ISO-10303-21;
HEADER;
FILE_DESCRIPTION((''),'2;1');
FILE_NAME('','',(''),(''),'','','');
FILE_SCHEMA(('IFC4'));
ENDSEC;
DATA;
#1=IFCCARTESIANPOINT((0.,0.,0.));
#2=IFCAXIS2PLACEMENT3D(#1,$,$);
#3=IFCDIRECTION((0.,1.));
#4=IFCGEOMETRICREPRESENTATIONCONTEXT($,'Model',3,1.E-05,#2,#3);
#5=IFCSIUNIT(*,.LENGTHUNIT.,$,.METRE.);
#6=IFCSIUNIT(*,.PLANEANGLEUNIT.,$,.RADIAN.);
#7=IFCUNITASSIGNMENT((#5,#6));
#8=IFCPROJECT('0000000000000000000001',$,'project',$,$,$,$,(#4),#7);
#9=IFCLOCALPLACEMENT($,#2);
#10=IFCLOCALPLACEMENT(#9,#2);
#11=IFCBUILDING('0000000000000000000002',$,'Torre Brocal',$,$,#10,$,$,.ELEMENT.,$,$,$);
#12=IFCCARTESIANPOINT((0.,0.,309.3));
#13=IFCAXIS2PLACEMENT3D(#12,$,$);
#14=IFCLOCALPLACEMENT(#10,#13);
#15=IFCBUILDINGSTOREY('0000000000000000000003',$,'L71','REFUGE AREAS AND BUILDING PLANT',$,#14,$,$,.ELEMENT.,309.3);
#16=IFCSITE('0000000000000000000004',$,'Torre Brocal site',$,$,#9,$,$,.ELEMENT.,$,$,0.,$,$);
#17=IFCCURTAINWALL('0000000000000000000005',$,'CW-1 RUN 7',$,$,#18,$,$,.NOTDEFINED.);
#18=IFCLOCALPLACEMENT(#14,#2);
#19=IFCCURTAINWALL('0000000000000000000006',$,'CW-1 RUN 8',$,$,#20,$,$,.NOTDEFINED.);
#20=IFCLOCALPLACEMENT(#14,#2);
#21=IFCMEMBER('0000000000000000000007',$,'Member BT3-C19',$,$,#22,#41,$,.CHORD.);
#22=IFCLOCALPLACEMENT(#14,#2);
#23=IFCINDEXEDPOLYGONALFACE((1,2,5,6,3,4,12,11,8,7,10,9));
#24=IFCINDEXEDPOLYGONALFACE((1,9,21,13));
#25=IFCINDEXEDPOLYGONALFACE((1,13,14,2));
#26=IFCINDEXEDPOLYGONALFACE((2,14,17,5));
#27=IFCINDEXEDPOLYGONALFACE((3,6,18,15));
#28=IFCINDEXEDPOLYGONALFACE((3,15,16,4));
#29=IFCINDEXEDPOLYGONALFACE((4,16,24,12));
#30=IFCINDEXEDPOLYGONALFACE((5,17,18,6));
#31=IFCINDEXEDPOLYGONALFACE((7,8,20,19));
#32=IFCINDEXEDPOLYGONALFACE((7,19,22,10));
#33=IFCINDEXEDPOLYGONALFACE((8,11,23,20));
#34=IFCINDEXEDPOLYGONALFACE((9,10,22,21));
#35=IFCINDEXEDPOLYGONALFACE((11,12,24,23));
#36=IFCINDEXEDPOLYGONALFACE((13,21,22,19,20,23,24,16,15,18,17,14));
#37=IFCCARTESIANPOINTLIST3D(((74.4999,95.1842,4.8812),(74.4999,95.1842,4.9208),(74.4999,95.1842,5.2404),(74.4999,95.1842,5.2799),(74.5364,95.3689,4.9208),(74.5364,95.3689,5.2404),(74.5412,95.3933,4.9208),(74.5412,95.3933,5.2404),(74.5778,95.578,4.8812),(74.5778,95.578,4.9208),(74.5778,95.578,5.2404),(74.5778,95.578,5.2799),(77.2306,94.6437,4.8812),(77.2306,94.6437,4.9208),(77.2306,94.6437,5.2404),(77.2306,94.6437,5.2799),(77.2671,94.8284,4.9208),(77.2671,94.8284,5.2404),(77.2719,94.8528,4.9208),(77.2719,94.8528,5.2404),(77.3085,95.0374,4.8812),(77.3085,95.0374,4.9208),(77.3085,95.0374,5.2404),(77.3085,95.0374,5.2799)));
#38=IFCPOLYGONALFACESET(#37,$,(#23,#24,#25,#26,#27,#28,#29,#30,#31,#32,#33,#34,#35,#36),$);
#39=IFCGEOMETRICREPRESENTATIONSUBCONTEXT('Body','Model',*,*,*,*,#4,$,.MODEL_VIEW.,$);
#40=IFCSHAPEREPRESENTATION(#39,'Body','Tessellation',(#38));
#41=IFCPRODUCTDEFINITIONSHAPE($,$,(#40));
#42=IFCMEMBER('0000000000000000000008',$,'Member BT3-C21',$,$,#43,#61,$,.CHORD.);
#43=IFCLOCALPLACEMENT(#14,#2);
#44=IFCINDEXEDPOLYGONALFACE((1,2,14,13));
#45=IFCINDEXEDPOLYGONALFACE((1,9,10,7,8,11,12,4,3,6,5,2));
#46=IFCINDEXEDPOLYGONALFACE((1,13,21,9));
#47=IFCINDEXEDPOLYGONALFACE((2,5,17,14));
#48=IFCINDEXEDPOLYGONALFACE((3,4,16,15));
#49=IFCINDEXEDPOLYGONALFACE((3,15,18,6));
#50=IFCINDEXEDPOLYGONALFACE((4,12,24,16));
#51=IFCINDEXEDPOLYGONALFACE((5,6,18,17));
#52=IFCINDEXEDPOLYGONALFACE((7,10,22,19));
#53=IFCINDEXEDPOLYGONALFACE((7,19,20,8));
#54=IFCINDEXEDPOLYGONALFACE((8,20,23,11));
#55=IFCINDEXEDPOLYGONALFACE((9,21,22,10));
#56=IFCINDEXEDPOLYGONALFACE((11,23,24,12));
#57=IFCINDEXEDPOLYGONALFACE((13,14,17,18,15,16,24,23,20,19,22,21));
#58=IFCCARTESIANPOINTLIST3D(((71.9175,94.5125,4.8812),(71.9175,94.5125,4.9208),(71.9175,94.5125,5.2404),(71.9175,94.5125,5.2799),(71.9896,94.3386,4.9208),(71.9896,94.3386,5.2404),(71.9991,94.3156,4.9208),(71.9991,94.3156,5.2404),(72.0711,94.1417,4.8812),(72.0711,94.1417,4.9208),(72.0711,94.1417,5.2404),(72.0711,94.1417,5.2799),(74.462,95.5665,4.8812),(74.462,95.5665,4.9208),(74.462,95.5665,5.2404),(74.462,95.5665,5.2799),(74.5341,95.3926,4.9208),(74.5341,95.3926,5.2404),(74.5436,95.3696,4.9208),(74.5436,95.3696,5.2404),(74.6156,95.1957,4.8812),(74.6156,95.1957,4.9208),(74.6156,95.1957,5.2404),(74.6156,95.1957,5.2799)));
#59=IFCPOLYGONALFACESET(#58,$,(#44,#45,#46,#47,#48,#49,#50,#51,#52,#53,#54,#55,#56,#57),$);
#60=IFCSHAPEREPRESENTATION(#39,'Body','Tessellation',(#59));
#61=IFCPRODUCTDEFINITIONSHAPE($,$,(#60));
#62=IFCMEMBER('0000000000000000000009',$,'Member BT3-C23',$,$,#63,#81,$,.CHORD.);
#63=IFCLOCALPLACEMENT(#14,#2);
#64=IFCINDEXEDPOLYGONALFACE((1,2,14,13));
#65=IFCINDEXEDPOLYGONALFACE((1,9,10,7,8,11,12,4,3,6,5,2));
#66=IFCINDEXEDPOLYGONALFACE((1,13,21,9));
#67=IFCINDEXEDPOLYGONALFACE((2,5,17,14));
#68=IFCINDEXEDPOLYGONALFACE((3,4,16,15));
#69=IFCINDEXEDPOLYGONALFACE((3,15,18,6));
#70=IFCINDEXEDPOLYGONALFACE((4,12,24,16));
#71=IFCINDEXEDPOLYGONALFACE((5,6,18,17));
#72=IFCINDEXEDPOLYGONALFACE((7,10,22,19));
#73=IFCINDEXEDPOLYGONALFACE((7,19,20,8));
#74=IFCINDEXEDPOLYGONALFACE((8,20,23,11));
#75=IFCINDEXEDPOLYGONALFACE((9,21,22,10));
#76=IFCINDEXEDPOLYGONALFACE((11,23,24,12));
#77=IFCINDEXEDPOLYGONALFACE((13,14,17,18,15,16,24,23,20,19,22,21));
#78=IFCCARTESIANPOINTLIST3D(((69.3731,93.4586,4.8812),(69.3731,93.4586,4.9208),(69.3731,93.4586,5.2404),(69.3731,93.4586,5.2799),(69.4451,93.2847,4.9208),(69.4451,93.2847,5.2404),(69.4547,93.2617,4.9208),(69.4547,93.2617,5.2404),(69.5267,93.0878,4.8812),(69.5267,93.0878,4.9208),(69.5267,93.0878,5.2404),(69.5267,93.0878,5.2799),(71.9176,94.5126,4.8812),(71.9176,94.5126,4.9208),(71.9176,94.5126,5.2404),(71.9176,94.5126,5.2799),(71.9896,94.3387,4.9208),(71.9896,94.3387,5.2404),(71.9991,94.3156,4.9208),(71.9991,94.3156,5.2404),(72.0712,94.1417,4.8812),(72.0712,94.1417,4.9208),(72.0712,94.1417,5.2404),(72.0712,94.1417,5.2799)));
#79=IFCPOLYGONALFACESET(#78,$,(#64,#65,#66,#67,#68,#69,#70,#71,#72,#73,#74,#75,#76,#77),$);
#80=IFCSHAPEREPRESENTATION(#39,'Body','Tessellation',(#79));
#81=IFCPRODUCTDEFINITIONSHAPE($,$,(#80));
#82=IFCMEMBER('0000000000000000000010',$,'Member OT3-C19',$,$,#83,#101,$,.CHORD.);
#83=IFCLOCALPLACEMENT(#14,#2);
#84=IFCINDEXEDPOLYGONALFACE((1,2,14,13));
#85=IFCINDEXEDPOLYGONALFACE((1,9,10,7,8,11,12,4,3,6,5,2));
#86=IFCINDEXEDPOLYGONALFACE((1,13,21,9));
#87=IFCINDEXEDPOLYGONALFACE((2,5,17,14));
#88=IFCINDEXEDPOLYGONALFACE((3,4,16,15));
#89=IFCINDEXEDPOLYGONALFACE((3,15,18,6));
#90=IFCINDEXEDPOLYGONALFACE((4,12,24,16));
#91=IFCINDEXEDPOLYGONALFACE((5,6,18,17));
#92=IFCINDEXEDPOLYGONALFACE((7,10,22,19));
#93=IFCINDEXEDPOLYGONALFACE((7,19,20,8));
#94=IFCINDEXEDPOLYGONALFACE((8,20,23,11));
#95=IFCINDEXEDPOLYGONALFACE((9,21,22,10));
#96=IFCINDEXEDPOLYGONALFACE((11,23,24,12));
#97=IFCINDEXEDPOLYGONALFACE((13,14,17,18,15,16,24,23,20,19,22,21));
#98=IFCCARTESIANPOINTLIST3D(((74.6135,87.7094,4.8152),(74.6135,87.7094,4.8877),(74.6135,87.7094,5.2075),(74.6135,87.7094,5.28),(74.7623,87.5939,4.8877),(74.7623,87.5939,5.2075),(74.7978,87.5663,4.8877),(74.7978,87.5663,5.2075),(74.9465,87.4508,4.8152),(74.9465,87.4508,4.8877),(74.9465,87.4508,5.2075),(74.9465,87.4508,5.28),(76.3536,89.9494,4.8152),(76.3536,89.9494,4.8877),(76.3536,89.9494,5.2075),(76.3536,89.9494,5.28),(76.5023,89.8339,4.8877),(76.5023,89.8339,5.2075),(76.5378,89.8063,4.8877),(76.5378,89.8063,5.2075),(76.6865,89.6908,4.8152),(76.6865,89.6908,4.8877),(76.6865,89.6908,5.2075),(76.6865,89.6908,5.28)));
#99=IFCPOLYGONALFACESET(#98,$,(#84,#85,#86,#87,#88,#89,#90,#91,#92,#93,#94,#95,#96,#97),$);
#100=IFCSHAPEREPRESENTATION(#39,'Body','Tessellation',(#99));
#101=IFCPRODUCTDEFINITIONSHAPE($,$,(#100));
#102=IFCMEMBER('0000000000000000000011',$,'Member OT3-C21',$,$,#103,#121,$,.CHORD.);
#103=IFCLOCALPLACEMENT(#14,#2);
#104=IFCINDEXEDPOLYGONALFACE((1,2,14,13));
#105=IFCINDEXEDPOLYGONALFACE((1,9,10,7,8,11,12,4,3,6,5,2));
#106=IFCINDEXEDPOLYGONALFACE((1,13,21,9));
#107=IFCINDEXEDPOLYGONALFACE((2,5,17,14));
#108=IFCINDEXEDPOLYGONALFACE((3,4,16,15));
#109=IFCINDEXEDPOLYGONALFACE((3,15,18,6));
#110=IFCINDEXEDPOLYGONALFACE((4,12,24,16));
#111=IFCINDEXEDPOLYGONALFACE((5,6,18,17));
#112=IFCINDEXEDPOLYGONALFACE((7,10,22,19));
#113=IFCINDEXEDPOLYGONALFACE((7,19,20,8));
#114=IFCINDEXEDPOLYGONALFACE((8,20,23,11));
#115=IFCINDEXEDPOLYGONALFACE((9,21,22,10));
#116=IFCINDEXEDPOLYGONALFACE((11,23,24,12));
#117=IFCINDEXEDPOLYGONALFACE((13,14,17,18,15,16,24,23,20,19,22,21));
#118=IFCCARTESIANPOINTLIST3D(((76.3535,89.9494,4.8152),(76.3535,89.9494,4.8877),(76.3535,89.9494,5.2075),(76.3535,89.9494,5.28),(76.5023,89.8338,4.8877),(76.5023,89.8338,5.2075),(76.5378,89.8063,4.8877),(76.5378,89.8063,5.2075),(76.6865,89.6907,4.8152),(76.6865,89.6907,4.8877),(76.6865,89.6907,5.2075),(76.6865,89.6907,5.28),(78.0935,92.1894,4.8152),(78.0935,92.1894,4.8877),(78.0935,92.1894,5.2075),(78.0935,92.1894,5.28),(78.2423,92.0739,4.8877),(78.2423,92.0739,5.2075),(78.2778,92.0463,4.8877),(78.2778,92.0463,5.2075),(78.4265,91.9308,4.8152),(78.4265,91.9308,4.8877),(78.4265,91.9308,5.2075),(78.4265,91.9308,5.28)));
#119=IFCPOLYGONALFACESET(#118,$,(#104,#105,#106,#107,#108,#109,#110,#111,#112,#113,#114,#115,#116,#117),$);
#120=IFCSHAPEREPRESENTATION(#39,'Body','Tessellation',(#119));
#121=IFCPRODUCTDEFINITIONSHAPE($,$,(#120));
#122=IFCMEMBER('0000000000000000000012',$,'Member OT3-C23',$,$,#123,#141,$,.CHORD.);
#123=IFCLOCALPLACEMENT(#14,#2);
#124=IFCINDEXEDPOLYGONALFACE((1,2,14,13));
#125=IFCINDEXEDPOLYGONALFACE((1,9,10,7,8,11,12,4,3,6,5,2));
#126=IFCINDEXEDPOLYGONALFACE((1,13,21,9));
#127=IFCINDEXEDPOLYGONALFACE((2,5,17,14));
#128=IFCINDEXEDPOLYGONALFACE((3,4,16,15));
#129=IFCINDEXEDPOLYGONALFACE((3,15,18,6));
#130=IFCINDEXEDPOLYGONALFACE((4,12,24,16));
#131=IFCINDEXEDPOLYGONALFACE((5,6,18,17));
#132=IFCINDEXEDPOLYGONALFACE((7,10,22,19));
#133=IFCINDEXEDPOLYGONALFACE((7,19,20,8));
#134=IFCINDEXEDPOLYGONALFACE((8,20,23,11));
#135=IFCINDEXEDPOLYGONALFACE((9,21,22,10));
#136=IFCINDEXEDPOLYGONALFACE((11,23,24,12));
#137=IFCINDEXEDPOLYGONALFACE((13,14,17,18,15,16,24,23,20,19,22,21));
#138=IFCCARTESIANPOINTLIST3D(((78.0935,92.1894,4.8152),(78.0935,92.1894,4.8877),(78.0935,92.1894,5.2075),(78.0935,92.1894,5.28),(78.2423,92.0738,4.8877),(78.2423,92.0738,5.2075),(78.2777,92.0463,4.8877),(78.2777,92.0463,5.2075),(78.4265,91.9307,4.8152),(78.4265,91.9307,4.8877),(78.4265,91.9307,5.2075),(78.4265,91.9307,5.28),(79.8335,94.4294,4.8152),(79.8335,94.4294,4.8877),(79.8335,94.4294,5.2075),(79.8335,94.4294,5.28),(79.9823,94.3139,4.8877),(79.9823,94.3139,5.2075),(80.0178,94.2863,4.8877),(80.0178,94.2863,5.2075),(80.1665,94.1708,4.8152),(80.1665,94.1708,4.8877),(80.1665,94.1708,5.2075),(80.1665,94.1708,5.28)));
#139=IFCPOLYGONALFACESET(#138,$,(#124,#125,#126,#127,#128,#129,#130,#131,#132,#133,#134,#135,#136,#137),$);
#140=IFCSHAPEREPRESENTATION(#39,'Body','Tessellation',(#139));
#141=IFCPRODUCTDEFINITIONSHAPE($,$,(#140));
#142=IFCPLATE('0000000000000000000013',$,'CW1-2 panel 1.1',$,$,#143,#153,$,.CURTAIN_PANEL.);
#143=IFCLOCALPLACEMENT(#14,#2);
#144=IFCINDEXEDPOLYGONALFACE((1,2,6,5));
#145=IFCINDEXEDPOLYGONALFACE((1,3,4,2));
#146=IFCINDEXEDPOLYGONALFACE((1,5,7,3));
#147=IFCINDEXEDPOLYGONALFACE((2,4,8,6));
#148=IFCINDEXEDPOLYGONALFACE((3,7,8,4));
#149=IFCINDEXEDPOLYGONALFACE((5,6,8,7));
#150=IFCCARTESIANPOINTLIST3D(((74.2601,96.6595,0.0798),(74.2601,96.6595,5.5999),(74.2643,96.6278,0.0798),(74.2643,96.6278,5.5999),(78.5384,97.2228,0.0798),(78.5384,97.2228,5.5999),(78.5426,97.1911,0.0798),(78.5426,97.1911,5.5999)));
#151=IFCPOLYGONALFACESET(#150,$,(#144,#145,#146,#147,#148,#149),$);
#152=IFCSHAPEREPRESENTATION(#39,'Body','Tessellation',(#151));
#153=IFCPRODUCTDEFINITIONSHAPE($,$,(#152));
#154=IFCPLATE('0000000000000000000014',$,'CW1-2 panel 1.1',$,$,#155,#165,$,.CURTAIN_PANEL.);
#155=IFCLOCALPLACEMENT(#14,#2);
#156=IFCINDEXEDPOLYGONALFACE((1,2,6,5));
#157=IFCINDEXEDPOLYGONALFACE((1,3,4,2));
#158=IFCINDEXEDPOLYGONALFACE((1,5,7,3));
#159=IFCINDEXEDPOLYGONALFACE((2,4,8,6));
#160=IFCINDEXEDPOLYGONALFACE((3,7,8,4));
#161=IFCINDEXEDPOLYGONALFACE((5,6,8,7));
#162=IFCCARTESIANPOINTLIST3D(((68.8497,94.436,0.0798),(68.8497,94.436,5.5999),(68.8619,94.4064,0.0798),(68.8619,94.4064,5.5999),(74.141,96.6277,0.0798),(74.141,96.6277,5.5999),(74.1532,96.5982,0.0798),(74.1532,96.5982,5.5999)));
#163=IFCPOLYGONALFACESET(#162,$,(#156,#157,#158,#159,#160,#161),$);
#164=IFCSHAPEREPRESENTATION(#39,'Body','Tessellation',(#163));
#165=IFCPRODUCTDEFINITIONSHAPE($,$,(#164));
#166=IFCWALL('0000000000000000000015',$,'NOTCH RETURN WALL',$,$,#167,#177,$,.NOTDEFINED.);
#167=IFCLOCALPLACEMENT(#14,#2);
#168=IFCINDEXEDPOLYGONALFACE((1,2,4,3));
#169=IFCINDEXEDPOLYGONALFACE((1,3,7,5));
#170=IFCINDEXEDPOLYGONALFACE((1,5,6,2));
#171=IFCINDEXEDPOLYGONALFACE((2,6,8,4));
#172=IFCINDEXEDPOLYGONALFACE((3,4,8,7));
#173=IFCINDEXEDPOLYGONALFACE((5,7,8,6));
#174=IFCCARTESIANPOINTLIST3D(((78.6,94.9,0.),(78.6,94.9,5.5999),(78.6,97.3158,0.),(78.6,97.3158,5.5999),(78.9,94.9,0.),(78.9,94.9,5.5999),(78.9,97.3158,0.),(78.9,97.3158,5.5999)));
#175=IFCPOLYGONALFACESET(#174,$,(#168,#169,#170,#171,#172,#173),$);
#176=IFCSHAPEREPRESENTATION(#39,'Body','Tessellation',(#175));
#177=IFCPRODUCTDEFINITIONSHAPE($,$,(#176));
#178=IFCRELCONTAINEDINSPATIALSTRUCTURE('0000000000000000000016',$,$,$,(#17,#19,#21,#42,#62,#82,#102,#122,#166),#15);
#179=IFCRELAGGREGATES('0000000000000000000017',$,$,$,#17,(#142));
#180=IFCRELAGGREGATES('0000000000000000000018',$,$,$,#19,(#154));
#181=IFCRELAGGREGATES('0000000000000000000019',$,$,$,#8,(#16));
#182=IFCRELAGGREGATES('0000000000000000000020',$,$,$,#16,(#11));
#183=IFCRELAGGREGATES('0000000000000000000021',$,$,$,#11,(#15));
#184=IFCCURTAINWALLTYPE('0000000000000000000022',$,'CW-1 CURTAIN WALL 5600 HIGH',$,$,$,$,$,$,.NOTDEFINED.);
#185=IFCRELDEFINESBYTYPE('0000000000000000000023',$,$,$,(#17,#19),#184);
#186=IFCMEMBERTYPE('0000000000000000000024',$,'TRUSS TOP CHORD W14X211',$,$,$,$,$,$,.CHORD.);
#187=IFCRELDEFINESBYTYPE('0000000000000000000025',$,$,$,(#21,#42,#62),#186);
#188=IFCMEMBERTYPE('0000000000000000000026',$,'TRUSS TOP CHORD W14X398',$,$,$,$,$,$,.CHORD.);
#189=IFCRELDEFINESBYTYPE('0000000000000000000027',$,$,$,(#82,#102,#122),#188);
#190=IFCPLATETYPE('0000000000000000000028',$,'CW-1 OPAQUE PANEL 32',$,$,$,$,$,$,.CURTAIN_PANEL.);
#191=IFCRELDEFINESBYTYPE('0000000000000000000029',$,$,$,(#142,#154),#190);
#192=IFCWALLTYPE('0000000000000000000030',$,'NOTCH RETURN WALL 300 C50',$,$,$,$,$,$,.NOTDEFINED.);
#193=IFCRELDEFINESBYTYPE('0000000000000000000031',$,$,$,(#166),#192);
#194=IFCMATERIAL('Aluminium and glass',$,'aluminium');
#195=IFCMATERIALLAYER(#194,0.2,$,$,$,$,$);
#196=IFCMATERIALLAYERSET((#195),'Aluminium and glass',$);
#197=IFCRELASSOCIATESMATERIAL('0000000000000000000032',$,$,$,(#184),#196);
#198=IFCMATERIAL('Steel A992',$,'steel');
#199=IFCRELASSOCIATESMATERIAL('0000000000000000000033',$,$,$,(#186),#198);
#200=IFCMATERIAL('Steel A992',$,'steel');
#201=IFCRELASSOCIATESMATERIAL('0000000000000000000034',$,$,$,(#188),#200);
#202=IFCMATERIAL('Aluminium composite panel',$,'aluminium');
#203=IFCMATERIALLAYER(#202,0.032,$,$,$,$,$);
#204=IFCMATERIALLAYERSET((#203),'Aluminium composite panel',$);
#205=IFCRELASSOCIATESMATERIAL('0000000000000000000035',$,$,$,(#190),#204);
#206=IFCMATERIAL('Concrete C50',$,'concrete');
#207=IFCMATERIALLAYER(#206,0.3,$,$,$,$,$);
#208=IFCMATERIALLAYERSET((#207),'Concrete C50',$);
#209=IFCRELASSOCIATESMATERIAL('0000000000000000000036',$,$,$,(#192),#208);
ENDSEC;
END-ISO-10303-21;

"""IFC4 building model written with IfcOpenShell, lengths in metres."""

from ifc_helpers import new_model, si_unit, direction, frame, frame_2d, origin, origin_2d, place, context, subcontext, project, spatial, rectangle, i_section, extrude, material, layer, layer_set, material_profile, profile_set, type_object, element, aggregate, save


model = new_model("IFC4")

# Units and contexts
model_context = context("Model", 3, precision=1e-05, world=origin(), true_north=direction((0.0, 1.0)))
body_context = subcontext(model_context, "Body", "Model", "MODEL_VIEW")
ifc_project = project(units=[si_unit("LENGTHUNIT", "METRE"), si_unit("PLANEANGLEUNIT", "RADIAN")], contexts=[model_context])

# Site, building, storey
site_placement = place(None, origin())
site = spatial("IfcSite", under=ifc_project, at=site_placement, Name="Torre Brocal site", CompositionType="ELEMENT", RefElevation=0.0)
building_placement = place(site_placement, origin())
building = spatial("IfcBuilding", under=site, at=building_placement, Name="Torre Brocal", CompositionType="ELEMENT")
storey_placement = place(building_placement, frame((0.0, 0.0, 309.3)))
storey = spatial("IfcBuildingStorey", under=building, at=storey_placement, Name="L71", Description="REFUGE AREAS AND BUILDING PLANT", CompositionType="ELEMENT", Elevation=309.3)

# Curtain wall
ifc_material_1 = material(Name="Aluminium and glass", Category="aluminium")
ifc_layer_1 = layer(ifc_material_1, 0.2)
ifc_layer_set_1 = layer_set([ifc_layer_1], Name="Aluminium and glass")
curtain_wall_type = type_object("IfcCurtainWallType", Name="CW-1 CURTAIN WALL 5600 HIGH", PredefinedType="NOTDEFINED", material=ifc_layer_set_1)
curtain_wall_1_placement = place(storey_placement, origin())
curtain_wall_1 = element("IfcCurtainWall", 1, at=curtain_wall_1_placement, inside=storey, type_object=curtain_wall_type, Name="CW-1 RUN 7", PredefinedType="NOTDEFINED")

# Curtain wall
curtain_wall_2_placement = place(storey_placement, origin())
curtain_wall_2 = element("IfcCurtainWall", 2, at=curtain_wall_2_placement, inside=storey, type_object=curtain_wall_type, Name="CW-1 RUN 8", PredefinedType="NOTDEFINED")

# Members
ifc_material_2 = material(Name="Steel A992", Category="steel")
ifc_material_profile_1 = material_profile(ifc_material_2, i_section(OverallWidth=0.4014, OverallDepth=0.3987, WebThickness=0.0249, FlangeThickness=0.0396, at=origin_2d()), Name="W14X211")
ifc_profile_set_1 = profile_set([ifc_material_profile_1], Name="Steel A992")
member_type_1 = type_object("IfcMemberType", Name="TRUSS TOP CHORD W14X211", PredefinedType="CHORD", material=ifc_profile_set_1)
member_1_placement = place(storey_placement, frame((77.2695, 94.8406, 5.0806), z_axis=(-0.980967, 0.194176, 0.0), x_axis=(-0.194176, -0.980967, 0.0)))
element("IfcMember", 3, at=member_1_placement, inside=storey, type_object=member_type_1, Name="Member BT3-C19", PredefinedType="CHORD", context=body_context, shape_type="SweptSolid", body=[
    extrude(i_section(OverallWidth=0.4014, OverallDepth=0.3987, WebThickness=0.0249, FlangeThickness=0.0396, at=origin_2d()), origin(), (0.0, 0.0, 1.0), 2.7837),
])
for number, where, z_axis, x_axis, name in (
    (4, (74.5388, 95.3811, 5.0806), (-0.923877, -0.382688, 0.0), (0.382688, -0.923877, 0.0), "Member BT3-C21"),
    (5, (71.9944, 94.3271, 5.0806), (-0.923877, -0.382688, 0.0), (0.382688, -0.923877, 0.0), "Member BT3-C23"),
):
    element("IfcMember", number, at=place(storey_placement, frame(where, z_axis=z_axis, x_axis=x_axis)), inside=storey, type_object=member_type_1, Name=name, PredefinedType="CHORD", context=body_context, shape_type="SweptSolid", body=[
        extrude(i_section(OverallWidth=0.4014, OverallDepth=0.3987, WebThickness=0.0249, FlangeThickness=0.0396, at=origin_2d()), origin(), (0.0, 0.0, 1.0), 2.7542),
    ])
ifc_material_3 = material(Name="Steel A992", Category="steel")
ifc_material_profile_2 = material_profile(ifc_material_3, i_section(OverallWidth=0.4216, OverallDepth=0.4648, WebThickness=0.0449, FlangeThickness=0.0725, at=origin_2d()), Name="W14X398")
ifc_profile_set_2 = profile_set([ifc_material_profile_2], Name="Steel A992")
member_type_2 = type_object("IfcMemberType", Name="TRUSS TOP CHORD W14X398", PredefinedType="CHORD", material=ifc_profile_set_2)
for number, where, z_axis, x_axis, name in (
    (6, (74.78, 87.5801, 5.0476), (0.613452, 0.789732, 0.0), (-0.789732, 0.613452, 0.0), "Member OT3-C19"),
    (7, (76.52, 89.8201, 5.0476), (0.613452, 0.789732, 0.0), (-0.789732, 0.613452, 0.0), "Member OT3-C21"),
    (8, (78.26, 92.0601, 5.0476), (0.613452, 0.789732, 0.0), (-0.789732, 0.613452, 0.0), "Member OT3-C23"),
):
    element("IfcMember", number, at=place(storey_placement, frame(where, z_axis=z_axis, x_axis=x_axis)), inside=storey, type_object=member_type_2, Name=name, PredefinedType="CHORD", context=body_context, shape_type="SweptSolid", body=[
        extrude(i_section(OverallWidth=0.4216, OverallDepth=0.4648, WebThickness=0.0449, FlangeThickness=0.0725, at=origin_2d()), origin(), (0.0, 0.0, 1.0), 2.8364),
    ])

# Plates
ifc_material_4 = material(Name="Aluminium composite panel", Category="aluminium")
ifc_layer_2 = layer(ifc_material_4, 0.032)
ifc_layer_set_2 = layer_set([ifc_layer_2], Name="Aluminium composite panel")
plate_type = type_object("IfcPlateType", Name="CW-1 OPAQUE PANEL 32", PredefinedType="CURTAIN_PANEL", material=ifc_layer_set_2)
plate_1_placement = place(storey_placement, frame((76.4014, 96.9253, 0.0798), z_axis=(0.0, 0.0, 1.0), x_axis=(-0.991445, -0.130526, 0.0)))
plate_1 = element("IfcPlate", 9, at=plate_1_placement, type_object=plate_type, Name="CW1-2 panel 1.1", PredefinedType="CURTAIN_PANEL", context=body_context, shape_type="SweptSolid", body=[
    extrude(rectangle(XDim=4.3152, YDim=0.032, at=origin_2d()), origin(), (0.0, 0.0, 1.0), 5.52),
])
aggregate(curtain_wall_1, [plate_1])
plate_2_placement = place(storey_placement, frame((71.5015, 95.5171, 0.0798), z_axis=(0.0, 0.0, 1.0), x_axis=(-0.92388, -0.382683, 0.0)))
plate_2 = element("IfcPlate", 10, at=plate_2_placement, type_object=plate_type, Name="CW1-2 panel 1.1", PredefinedType="CURTAIN_PANEL", context=body_context, shape_type="SweptSolid", body=[
    extrude(rectangle(XDim=5.7273, YDim=0.032, at=origin_2d()), origin(), (0.0, 0.0, 1.0), 5.52),
])
aggregate(curtain_wall_2, [plate_2])

# Wall
ifc_material_5 = material(Name="Concrete C50", Category="concrete")
ifc_layer_3 = layer(ifc_material_5, 0.3)
ifc_layer_set_3 = layer_set([ifc_layer_3], Name="Concrete C50")
wall_type_1 = type_object("IfcWallType", Name="NOTCH RETURN WALL 300 C50", PredefinedType="NOTDEFINED", material=ifc_layer_set_3)
wall_1_placement = place(storey_placement, frame((78.75, 94.8999, 0.0), z_axis=(0.0, 0.0, 1.0), x_axis=(0.0, 1.0, 0.0)))
element("IfcWall", 11, at=wall_1_placement, inside=storey, type_object=wall_type_1, Name="NOTCH RETURN WALL", PredefinedType="NOTDEFINED", context=body_context, shape_type="SweptSolid", body=[
    extrude(rectangle(XDim=2.4158, YDim=0.3, at=frame_2d((1.208, 0.0))), origin(), (0.0, 0.0, 1.0), 5.5999),
])

save(model, "model.ifc")
